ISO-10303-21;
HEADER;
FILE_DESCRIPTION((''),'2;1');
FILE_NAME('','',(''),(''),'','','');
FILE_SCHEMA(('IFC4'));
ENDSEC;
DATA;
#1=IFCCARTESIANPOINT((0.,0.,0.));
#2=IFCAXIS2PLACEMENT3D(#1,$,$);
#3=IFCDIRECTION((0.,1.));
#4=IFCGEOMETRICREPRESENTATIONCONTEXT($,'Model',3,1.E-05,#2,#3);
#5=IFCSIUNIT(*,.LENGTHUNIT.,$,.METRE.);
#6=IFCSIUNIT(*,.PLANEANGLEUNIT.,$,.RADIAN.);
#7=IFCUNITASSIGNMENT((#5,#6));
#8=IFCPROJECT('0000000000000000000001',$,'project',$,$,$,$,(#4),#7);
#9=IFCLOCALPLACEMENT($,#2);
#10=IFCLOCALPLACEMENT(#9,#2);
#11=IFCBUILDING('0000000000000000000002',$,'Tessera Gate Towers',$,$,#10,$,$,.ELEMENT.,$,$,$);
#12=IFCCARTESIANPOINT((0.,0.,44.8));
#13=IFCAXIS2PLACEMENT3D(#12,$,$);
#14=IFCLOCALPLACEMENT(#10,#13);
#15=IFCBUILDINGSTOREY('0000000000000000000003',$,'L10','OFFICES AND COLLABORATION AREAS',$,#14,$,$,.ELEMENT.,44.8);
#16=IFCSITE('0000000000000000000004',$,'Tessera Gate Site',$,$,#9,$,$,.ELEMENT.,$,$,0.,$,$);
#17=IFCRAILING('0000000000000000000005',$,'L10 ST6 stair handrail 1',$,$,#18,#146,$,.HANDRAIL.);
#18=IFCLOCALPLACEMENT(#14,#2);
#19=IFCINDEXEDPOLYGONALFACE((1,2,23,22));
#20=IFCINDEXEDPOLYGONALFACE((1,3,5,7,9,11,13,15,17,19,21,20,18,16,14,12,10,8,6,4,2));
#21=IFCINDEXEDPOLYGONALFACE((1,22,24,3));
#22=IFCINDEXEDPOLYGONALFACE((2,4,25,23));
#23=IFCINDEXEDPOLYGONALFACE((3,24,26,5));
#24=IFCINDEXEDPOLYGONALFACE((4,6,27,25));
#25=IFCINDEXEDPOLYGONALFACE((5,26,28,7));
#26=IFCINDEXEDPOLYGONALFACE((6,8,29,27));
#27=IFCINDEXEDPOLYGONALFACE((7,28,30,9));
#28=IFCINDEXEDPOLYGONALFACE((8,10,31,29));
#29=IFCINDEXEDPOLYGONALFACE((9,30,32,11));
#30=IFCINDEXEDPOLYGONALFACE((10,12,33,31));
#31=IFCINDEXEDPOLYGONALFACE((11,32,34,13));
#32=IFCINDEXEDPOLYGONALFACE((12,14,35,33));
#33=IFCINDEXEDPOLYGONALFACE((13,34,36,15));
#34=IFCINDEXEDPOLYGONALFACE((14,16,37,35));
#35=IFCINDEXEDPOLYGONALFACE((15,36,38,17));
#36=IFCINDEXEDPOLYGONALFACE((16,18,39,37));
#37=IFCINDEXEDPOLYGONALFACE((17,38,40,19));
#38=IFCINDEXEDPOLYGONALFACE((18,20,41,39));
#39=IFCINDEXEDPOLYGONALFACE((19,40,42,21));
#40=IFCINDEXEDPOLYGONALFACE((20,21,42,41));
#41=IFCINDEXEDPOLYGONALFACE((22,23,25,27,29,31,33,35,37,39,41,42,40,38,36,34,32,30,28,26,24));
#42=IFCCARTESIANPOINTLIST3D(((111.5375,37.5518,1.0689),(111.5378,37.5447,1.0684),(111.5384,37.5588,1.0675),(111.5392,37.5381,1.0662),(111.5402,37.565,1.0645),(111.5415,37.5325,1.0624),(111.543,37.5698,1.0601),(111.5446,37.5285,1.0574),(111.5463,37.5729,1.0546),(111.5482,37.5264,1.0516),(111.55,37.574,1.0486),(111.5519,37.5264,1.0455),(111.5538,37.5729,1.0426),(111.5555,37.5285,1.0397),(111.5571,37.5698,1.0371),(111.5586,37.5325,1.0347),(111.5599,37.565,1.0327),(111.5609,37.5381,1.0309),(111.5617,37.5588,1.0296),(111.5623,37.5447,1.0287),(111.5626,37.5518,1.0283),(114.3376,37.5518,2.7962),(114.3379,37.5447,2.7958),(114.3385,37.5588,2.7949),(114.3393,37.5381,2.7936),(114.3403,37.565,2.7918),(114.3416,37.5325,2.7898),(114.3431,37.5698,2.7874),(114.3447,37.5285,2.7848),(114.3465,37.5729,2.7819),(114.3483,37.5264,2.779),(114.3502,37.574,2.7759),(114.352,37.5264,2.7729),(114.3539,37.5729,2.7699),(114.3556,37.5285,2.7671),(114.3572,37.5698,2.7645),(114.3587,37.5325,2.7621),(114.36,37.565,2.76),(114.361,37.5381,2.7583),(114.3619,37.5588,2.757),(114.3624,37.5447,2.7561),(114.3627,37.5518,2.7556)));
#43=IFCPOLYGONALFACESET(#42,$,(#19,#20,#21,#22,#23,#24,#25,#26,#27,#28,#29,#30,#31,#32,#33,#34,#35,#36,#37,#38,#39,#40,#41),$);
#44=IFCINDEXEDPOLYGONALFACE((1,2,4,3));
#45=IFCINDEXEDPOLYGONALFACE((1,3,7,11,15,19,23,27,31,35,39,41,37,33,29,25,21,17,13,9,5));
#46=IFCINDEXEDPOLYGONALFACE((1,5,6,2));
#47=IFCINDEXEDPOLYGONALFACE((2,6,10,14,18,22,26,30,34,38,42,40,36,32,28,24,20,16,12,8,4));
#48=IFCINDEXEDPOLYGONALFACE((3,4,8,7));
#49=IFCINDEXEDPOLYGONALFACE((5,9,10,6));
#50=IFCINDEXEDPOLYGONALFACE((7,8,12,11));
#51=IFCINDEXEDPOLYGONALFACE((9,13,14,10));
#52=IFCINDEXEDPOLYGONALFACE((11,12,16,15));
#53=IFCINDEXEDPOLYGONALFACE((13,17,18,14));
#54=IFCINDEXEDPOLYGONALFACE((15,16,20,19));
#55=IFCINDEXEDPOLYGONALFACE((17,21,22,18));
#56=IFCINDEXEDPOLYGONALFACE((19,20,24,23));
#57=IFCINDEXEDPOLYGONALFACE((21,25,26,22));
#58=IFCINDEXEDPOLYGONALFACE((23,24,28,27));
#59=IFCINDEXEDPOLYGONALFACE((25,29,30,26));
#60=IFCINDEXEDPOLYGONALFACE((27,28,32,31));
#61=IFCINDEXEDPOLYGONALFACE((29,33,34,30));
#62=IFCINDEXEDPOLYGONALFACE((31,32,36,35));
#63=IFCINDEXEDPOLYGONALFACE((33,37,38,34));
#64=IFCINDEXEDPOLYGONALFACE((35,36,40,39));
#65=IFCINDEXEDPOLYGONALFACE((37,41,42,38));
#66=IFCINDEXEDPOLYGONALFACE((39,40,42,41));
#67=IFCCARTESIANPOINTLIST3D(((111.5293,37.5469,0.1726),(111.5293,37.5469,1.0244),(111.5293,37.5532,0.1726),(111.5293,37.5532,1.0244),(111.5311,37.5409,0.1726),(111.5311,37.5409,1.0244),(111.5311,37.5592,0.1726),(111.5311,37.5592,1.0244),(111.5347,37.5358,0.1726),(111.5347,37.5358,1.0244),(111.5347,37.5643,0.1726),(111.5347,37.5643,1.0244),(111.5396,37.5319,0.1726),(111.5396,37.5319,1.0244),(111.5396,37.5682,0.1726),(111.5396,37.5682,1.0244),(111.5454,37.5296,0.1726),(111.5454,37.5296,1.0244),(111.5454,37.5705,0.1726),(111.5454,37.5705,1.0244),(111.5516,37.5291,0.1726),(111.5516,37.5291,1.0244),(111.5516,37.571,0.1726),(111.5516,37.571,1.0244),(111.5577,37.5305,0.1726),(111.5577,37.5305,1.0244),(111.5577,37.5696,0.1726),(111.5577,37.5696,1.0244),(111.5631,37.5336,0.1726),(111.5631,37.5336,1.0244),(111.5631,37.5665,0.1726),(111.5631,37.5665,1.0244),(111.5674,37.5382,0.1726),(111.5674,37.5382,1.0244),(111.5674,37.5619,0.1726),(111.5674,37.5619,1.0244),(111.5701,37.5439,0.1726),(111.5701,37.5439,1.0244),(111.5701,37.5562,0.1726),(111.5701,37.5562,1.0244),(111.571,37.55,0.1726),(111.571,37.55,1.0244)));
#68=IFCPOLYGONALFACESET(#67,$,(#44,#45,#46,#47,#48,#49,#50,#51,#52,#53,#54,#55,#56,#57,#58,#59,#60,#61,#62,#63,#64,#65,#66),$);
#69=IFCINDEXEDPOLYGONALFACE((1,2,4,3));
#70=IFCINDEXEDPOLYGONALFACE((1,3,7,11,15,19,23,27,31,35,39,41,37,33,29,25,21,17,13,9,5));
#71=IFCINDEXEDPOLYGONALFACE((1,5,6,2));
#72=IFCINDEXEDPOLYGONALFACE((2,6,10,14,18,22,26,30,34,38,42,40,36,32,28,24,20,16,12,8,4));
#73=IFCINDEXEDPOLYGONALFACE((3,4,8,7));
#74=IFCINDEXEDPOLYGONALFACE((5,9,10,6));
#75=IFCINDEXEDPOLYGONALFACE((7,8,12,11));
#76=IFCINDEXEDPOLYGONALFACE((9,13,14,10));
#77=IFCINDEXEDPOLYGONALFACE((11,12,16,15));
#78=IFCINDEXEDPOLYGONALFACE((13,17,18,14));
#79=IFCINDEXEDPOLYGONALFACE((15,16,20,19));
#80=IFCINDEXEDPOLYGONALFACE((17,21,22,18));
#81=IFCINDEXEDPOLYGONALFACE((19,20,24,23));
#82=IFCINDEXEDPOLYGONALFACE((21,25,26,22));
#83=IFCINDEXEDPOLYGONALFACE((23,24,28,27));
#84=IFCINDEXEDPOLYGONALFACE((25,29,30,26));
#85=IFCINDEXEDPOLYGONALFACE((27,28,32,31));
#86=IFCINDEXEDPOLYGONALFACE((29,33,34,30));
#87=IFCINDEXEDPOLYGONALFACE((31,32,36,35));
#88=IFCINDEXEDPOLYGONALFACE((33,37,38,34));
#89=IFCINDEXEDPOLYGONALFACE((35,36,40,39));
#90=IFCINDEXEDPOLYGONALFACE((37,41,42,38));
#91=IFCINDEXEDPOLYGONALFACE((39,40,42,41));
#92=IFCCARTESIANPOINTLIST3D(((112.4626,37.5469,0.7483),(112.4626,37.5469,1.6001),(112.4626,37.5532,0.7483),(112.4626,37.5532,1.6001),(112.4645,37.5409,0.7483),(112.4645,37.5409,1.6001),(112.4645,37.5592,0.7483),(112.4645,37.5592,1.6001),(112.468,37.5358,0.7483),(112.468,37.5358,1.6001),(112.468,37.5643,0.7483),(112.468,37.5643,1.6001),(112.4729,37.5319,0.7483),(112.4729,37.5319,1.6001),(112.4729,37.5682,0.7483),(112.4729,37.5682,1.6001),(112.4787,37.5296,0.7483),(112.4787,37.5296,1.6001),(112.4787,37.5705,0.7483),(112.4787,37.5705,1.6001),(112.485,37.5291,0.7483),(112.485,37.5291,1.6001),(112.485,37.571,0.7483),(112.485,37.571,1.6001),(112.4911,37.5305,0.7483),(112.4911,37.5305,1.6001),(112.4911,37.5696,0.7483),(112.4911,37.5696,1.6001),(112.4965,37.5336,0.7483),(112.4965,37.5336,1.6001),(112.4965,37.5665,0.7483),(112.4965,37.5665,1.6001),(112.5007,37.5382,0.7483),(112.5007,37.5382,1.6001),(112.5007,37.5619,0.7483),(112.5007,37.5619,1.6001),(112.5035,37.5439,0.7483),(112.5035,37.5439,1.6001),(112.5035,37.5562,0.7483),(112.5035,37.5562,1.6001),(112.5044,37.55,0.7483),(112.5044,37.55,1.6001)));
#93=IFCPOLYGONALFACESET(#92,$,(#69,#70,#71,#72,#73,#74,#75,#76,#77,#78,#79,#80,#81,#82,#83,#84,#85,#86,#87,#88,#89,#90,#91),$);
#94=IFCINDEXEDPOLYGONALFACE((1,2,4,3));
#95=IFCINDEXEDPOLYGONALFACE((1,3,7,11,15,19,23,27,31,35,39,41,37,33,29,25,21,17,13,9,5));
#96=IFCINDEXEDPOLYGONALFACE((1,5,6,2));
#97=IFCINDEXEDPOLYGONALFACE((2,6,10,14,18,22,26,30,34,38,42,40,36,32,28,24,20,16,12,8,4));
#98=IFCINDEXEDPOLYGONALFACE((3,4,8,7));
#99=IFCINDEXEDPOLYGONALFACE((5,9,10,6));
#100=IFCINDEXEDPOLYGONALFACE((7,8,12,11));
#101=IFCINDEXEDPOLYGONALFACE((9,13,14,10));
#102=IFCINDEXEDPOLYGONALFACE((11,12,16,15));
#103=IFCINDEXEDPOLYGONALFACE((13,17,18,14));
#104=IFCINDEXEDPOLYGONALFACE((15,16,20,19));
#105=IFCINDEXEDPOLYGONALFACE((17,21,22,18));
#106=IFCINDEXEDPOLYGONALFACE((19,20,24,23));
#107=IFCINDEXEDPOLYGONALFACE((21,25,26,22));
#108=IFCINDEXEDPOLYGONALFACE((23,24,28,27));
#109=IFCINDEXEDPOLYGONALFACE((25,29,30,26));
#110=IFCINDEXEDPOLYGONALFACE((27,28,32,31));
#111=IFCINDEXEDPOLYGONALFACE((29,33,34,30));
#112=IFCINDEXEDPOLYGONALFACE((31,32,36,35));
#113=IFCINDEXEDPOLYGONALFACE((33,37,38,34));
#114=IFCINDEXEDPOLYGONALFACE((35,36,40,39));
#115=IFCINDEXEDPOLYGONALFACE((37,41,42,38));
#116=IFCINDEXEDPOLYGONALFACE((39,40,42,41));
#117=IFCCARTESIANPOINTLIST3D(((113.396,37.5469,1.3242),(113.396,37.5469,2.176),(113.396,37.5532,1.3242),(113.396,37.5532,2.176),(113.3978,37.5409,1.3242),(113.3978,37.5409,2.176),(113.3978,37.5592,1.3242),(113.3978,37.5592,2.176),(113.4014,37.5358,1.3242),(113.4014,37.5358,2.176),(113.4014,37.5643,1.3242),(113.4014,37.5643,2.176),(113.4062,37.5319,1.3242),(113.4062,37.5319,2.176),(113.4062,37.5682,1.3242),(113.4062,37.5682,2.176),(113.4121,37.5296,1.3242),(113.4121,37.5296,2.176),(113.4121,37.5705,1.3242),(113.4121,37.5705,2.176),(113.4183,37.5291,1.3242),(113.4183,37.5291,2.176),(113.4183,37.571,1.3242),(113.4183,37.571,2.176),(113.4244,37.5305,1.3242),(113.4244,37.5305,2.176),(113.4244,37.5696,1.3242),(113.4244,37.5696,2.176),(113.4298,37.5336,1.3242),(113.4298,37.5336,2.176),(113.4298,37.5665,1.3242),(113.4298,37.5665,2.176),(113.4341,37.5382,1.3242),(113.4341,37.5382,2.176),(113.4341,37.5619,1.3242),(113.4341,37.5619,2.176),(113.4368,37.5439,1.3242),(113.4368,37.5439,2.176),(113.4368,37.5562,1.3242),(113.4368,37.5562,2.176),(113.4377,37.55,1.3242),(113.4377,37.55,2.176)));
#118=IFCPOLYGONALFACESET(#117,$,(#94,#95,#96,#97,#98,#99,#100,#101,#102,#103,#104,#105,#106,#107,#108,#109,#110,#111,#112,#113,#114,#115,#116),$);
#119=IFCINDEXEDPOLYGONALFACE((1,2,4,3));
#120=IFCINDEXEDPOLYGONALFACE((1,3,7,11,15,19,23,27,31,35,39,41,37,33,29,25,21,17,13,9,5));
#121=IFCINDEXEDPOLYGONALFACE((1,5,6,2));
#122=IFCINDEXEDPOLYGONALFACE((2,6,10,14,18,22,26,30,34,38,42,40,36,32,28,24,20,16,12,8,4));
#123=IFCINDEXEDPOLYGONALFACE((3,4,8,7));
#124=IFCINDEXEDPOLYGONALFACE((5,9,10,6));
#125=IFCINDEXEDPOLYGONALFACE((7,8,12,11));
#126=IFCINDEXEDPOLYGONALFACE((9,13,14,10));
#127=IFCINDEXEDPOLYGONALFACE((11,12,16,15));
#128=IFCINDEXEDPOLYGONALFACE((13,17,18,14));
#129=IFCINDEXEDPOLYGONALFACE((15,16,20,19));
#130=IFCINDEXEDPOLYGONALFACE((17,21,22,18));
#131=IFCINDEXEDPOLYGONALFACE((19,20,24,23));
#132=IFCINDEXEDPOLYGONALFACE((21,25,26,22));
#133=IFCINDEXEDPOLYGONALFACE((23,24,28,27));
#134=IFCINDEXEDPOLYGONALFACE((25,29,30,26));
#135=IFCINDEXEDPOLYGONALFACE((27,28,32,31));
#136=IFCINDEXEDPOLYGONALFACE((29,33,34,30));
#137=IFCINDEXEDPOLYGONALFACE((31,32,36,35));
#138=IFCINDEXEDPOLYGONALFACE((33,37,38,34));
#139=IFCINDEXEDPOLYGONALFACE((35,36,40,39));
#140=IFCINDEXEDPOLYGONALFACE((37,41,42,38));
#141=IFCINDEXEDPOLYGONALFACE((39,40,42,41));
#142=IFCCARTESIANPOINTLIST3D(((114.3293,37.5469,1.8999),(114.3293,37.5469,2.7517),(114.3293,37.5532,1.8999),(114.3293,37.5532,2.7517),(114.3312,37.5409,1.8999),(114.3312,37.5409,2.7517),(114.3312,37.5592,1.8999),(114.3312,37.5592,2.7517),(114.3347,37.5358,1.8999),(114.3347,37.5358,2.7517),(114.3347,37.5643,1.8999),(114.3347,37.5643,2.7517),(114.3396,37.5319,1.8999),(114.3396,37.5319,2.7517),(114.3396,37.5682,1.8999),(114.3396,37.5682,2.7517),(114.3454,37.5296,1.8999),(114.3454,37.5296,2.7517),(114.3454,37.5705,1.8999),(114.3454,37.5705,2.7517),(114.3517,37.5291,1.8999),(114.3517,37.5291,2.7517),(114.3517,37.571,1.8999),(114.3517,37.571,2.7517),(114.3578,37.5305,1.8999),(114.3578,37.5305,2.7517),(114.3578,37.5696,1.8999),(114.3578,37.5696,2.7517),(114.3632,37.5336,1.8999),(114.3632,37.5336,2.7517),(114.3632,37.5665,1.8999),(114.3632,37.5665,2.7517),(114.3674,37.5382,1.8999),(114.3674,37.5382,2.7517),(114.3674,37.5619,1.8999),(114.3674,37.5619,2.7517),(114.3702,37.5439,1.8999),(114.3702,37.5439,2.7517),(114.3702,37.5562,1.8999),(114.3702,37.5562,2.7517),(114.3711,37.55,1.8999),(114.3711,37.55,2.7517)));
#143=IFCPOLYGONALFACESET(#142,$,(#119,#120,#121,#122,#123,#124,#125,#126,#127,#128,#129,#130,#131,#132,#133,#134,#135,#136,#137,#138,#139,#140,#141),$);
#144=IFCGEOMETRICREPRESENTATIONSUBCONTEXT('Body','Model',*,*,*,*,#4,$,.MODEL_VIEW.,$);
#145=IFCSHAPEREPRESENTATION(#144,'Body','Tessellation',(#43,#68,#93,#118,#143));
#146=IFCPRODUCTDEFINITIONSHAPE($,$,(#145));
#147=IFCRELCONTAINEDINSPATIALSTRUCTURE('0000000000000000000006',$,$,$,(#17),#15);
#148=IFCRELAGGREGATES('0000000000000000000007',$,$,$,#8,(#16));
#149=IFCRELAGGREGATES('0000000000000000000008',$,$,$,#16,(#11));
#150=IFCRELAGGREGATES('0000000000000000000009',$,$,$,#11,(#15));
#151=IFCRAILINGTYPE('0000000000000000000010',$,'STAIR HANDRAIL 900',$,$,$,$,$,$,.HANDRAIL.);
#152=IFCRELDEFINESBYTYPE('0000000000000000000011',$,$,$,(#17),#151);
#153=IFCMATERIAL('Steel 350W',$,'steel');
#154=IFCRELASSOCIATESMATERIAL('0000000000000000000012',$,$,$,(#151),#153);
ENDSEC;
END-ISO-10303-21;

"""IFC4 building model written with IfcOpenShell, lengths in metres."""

from ifc_helpers import new_model, si_unit, direction, frame, origin, origin_2d, place, context, subcontext, project, spatial, circle, extrude, material, type_object, element, save


model = new_model("IFC4")

# Units and contexts
model_context = context("Model", 3, precision=1e-05, world=origin(), true_north=direction((0.0, 1.0)))
body_context = subcontext(model_context, "Body", "Model", "MODEL_VIEW")
ifc_project = project(units=[si_unit("LENGTHUNIT", "METRE"), si_unit("PLANEANGLEUNIT", "RADIAN")], contexts=[model_context])

# Site, building, storey
site_placement = place(None, origin())
site = spatial("IfcSite", under=ifc_project, at=site_placement, Name="Tessera Gate Site", CompositionType="ELEMENT", RefElevation=0.0)
building_placement = place(site_placement, origin())
building = spatial("IfcBuilding", under=site, at=building_placement, Name="Tessera Gate Towers", CompositionType="ELEMENT")
storey_placement = place(building_placement, frame((0.0, 0.0, 44.8)))
storey = spatial("IfcBuildingStorey", under=building, at=storey_placement, Name="L10", Description="OFFICES AND COLLABORATION AREAS", CompositionType="ELEMENT", Elevation=44.8)

# Railing
ifc_material_1 = material(Name="Steel 350W", Category="steel")
railing_type = type_object("IfcRailingType", Name="STAIR HANDRAIL 900", PredefinedType="HANDRAIL", material=ifc_material_1)
railing_placement = place(storey_placement, frame((111.55, 37.55, 0.1726)))
element("IfcRailing", 1, at=railing_placement, inside=storey, type_object=railing_type, Name="L10 ST6 stair handrail 1", PredefinedType="HANDRAIL", context=body_context, shape_type="SweptSolid", body=[
    extrude(circle(Radius=0.0239, at=origin_2d()), frame((0.0, 0.0, 0.876), z_axis=(0.85109, 0.0, 0.52502), x_axis=(0.0, 1.0, 0.0)), (0.0, 0.0, 1.0), 3.29),
    extrude(circle(Radius=0.021, at=origin_2d()), origin(), (0.0, 0.0, 1.0), 0.8518),
    extrude(circle(Radius=0.021, at=origin_2d()), frame((0.9333, 0.0, 0.5757)), (0.0, 0.0, 1.0), 0.8518),
    extrude(circle(Radius=0.021, at=origin_2d()), frame((1.8667, 0.0, 1.1516)), (0.0, 0.0, 1.0), 0.8518),
    extrude(circle(Radius=0.021, at=origin_2d()), frame((2.8, 0.0, 1.7273)), (0.0, 0.0, 1.0), 0.8518),
])

save(model, "model.ifc")
